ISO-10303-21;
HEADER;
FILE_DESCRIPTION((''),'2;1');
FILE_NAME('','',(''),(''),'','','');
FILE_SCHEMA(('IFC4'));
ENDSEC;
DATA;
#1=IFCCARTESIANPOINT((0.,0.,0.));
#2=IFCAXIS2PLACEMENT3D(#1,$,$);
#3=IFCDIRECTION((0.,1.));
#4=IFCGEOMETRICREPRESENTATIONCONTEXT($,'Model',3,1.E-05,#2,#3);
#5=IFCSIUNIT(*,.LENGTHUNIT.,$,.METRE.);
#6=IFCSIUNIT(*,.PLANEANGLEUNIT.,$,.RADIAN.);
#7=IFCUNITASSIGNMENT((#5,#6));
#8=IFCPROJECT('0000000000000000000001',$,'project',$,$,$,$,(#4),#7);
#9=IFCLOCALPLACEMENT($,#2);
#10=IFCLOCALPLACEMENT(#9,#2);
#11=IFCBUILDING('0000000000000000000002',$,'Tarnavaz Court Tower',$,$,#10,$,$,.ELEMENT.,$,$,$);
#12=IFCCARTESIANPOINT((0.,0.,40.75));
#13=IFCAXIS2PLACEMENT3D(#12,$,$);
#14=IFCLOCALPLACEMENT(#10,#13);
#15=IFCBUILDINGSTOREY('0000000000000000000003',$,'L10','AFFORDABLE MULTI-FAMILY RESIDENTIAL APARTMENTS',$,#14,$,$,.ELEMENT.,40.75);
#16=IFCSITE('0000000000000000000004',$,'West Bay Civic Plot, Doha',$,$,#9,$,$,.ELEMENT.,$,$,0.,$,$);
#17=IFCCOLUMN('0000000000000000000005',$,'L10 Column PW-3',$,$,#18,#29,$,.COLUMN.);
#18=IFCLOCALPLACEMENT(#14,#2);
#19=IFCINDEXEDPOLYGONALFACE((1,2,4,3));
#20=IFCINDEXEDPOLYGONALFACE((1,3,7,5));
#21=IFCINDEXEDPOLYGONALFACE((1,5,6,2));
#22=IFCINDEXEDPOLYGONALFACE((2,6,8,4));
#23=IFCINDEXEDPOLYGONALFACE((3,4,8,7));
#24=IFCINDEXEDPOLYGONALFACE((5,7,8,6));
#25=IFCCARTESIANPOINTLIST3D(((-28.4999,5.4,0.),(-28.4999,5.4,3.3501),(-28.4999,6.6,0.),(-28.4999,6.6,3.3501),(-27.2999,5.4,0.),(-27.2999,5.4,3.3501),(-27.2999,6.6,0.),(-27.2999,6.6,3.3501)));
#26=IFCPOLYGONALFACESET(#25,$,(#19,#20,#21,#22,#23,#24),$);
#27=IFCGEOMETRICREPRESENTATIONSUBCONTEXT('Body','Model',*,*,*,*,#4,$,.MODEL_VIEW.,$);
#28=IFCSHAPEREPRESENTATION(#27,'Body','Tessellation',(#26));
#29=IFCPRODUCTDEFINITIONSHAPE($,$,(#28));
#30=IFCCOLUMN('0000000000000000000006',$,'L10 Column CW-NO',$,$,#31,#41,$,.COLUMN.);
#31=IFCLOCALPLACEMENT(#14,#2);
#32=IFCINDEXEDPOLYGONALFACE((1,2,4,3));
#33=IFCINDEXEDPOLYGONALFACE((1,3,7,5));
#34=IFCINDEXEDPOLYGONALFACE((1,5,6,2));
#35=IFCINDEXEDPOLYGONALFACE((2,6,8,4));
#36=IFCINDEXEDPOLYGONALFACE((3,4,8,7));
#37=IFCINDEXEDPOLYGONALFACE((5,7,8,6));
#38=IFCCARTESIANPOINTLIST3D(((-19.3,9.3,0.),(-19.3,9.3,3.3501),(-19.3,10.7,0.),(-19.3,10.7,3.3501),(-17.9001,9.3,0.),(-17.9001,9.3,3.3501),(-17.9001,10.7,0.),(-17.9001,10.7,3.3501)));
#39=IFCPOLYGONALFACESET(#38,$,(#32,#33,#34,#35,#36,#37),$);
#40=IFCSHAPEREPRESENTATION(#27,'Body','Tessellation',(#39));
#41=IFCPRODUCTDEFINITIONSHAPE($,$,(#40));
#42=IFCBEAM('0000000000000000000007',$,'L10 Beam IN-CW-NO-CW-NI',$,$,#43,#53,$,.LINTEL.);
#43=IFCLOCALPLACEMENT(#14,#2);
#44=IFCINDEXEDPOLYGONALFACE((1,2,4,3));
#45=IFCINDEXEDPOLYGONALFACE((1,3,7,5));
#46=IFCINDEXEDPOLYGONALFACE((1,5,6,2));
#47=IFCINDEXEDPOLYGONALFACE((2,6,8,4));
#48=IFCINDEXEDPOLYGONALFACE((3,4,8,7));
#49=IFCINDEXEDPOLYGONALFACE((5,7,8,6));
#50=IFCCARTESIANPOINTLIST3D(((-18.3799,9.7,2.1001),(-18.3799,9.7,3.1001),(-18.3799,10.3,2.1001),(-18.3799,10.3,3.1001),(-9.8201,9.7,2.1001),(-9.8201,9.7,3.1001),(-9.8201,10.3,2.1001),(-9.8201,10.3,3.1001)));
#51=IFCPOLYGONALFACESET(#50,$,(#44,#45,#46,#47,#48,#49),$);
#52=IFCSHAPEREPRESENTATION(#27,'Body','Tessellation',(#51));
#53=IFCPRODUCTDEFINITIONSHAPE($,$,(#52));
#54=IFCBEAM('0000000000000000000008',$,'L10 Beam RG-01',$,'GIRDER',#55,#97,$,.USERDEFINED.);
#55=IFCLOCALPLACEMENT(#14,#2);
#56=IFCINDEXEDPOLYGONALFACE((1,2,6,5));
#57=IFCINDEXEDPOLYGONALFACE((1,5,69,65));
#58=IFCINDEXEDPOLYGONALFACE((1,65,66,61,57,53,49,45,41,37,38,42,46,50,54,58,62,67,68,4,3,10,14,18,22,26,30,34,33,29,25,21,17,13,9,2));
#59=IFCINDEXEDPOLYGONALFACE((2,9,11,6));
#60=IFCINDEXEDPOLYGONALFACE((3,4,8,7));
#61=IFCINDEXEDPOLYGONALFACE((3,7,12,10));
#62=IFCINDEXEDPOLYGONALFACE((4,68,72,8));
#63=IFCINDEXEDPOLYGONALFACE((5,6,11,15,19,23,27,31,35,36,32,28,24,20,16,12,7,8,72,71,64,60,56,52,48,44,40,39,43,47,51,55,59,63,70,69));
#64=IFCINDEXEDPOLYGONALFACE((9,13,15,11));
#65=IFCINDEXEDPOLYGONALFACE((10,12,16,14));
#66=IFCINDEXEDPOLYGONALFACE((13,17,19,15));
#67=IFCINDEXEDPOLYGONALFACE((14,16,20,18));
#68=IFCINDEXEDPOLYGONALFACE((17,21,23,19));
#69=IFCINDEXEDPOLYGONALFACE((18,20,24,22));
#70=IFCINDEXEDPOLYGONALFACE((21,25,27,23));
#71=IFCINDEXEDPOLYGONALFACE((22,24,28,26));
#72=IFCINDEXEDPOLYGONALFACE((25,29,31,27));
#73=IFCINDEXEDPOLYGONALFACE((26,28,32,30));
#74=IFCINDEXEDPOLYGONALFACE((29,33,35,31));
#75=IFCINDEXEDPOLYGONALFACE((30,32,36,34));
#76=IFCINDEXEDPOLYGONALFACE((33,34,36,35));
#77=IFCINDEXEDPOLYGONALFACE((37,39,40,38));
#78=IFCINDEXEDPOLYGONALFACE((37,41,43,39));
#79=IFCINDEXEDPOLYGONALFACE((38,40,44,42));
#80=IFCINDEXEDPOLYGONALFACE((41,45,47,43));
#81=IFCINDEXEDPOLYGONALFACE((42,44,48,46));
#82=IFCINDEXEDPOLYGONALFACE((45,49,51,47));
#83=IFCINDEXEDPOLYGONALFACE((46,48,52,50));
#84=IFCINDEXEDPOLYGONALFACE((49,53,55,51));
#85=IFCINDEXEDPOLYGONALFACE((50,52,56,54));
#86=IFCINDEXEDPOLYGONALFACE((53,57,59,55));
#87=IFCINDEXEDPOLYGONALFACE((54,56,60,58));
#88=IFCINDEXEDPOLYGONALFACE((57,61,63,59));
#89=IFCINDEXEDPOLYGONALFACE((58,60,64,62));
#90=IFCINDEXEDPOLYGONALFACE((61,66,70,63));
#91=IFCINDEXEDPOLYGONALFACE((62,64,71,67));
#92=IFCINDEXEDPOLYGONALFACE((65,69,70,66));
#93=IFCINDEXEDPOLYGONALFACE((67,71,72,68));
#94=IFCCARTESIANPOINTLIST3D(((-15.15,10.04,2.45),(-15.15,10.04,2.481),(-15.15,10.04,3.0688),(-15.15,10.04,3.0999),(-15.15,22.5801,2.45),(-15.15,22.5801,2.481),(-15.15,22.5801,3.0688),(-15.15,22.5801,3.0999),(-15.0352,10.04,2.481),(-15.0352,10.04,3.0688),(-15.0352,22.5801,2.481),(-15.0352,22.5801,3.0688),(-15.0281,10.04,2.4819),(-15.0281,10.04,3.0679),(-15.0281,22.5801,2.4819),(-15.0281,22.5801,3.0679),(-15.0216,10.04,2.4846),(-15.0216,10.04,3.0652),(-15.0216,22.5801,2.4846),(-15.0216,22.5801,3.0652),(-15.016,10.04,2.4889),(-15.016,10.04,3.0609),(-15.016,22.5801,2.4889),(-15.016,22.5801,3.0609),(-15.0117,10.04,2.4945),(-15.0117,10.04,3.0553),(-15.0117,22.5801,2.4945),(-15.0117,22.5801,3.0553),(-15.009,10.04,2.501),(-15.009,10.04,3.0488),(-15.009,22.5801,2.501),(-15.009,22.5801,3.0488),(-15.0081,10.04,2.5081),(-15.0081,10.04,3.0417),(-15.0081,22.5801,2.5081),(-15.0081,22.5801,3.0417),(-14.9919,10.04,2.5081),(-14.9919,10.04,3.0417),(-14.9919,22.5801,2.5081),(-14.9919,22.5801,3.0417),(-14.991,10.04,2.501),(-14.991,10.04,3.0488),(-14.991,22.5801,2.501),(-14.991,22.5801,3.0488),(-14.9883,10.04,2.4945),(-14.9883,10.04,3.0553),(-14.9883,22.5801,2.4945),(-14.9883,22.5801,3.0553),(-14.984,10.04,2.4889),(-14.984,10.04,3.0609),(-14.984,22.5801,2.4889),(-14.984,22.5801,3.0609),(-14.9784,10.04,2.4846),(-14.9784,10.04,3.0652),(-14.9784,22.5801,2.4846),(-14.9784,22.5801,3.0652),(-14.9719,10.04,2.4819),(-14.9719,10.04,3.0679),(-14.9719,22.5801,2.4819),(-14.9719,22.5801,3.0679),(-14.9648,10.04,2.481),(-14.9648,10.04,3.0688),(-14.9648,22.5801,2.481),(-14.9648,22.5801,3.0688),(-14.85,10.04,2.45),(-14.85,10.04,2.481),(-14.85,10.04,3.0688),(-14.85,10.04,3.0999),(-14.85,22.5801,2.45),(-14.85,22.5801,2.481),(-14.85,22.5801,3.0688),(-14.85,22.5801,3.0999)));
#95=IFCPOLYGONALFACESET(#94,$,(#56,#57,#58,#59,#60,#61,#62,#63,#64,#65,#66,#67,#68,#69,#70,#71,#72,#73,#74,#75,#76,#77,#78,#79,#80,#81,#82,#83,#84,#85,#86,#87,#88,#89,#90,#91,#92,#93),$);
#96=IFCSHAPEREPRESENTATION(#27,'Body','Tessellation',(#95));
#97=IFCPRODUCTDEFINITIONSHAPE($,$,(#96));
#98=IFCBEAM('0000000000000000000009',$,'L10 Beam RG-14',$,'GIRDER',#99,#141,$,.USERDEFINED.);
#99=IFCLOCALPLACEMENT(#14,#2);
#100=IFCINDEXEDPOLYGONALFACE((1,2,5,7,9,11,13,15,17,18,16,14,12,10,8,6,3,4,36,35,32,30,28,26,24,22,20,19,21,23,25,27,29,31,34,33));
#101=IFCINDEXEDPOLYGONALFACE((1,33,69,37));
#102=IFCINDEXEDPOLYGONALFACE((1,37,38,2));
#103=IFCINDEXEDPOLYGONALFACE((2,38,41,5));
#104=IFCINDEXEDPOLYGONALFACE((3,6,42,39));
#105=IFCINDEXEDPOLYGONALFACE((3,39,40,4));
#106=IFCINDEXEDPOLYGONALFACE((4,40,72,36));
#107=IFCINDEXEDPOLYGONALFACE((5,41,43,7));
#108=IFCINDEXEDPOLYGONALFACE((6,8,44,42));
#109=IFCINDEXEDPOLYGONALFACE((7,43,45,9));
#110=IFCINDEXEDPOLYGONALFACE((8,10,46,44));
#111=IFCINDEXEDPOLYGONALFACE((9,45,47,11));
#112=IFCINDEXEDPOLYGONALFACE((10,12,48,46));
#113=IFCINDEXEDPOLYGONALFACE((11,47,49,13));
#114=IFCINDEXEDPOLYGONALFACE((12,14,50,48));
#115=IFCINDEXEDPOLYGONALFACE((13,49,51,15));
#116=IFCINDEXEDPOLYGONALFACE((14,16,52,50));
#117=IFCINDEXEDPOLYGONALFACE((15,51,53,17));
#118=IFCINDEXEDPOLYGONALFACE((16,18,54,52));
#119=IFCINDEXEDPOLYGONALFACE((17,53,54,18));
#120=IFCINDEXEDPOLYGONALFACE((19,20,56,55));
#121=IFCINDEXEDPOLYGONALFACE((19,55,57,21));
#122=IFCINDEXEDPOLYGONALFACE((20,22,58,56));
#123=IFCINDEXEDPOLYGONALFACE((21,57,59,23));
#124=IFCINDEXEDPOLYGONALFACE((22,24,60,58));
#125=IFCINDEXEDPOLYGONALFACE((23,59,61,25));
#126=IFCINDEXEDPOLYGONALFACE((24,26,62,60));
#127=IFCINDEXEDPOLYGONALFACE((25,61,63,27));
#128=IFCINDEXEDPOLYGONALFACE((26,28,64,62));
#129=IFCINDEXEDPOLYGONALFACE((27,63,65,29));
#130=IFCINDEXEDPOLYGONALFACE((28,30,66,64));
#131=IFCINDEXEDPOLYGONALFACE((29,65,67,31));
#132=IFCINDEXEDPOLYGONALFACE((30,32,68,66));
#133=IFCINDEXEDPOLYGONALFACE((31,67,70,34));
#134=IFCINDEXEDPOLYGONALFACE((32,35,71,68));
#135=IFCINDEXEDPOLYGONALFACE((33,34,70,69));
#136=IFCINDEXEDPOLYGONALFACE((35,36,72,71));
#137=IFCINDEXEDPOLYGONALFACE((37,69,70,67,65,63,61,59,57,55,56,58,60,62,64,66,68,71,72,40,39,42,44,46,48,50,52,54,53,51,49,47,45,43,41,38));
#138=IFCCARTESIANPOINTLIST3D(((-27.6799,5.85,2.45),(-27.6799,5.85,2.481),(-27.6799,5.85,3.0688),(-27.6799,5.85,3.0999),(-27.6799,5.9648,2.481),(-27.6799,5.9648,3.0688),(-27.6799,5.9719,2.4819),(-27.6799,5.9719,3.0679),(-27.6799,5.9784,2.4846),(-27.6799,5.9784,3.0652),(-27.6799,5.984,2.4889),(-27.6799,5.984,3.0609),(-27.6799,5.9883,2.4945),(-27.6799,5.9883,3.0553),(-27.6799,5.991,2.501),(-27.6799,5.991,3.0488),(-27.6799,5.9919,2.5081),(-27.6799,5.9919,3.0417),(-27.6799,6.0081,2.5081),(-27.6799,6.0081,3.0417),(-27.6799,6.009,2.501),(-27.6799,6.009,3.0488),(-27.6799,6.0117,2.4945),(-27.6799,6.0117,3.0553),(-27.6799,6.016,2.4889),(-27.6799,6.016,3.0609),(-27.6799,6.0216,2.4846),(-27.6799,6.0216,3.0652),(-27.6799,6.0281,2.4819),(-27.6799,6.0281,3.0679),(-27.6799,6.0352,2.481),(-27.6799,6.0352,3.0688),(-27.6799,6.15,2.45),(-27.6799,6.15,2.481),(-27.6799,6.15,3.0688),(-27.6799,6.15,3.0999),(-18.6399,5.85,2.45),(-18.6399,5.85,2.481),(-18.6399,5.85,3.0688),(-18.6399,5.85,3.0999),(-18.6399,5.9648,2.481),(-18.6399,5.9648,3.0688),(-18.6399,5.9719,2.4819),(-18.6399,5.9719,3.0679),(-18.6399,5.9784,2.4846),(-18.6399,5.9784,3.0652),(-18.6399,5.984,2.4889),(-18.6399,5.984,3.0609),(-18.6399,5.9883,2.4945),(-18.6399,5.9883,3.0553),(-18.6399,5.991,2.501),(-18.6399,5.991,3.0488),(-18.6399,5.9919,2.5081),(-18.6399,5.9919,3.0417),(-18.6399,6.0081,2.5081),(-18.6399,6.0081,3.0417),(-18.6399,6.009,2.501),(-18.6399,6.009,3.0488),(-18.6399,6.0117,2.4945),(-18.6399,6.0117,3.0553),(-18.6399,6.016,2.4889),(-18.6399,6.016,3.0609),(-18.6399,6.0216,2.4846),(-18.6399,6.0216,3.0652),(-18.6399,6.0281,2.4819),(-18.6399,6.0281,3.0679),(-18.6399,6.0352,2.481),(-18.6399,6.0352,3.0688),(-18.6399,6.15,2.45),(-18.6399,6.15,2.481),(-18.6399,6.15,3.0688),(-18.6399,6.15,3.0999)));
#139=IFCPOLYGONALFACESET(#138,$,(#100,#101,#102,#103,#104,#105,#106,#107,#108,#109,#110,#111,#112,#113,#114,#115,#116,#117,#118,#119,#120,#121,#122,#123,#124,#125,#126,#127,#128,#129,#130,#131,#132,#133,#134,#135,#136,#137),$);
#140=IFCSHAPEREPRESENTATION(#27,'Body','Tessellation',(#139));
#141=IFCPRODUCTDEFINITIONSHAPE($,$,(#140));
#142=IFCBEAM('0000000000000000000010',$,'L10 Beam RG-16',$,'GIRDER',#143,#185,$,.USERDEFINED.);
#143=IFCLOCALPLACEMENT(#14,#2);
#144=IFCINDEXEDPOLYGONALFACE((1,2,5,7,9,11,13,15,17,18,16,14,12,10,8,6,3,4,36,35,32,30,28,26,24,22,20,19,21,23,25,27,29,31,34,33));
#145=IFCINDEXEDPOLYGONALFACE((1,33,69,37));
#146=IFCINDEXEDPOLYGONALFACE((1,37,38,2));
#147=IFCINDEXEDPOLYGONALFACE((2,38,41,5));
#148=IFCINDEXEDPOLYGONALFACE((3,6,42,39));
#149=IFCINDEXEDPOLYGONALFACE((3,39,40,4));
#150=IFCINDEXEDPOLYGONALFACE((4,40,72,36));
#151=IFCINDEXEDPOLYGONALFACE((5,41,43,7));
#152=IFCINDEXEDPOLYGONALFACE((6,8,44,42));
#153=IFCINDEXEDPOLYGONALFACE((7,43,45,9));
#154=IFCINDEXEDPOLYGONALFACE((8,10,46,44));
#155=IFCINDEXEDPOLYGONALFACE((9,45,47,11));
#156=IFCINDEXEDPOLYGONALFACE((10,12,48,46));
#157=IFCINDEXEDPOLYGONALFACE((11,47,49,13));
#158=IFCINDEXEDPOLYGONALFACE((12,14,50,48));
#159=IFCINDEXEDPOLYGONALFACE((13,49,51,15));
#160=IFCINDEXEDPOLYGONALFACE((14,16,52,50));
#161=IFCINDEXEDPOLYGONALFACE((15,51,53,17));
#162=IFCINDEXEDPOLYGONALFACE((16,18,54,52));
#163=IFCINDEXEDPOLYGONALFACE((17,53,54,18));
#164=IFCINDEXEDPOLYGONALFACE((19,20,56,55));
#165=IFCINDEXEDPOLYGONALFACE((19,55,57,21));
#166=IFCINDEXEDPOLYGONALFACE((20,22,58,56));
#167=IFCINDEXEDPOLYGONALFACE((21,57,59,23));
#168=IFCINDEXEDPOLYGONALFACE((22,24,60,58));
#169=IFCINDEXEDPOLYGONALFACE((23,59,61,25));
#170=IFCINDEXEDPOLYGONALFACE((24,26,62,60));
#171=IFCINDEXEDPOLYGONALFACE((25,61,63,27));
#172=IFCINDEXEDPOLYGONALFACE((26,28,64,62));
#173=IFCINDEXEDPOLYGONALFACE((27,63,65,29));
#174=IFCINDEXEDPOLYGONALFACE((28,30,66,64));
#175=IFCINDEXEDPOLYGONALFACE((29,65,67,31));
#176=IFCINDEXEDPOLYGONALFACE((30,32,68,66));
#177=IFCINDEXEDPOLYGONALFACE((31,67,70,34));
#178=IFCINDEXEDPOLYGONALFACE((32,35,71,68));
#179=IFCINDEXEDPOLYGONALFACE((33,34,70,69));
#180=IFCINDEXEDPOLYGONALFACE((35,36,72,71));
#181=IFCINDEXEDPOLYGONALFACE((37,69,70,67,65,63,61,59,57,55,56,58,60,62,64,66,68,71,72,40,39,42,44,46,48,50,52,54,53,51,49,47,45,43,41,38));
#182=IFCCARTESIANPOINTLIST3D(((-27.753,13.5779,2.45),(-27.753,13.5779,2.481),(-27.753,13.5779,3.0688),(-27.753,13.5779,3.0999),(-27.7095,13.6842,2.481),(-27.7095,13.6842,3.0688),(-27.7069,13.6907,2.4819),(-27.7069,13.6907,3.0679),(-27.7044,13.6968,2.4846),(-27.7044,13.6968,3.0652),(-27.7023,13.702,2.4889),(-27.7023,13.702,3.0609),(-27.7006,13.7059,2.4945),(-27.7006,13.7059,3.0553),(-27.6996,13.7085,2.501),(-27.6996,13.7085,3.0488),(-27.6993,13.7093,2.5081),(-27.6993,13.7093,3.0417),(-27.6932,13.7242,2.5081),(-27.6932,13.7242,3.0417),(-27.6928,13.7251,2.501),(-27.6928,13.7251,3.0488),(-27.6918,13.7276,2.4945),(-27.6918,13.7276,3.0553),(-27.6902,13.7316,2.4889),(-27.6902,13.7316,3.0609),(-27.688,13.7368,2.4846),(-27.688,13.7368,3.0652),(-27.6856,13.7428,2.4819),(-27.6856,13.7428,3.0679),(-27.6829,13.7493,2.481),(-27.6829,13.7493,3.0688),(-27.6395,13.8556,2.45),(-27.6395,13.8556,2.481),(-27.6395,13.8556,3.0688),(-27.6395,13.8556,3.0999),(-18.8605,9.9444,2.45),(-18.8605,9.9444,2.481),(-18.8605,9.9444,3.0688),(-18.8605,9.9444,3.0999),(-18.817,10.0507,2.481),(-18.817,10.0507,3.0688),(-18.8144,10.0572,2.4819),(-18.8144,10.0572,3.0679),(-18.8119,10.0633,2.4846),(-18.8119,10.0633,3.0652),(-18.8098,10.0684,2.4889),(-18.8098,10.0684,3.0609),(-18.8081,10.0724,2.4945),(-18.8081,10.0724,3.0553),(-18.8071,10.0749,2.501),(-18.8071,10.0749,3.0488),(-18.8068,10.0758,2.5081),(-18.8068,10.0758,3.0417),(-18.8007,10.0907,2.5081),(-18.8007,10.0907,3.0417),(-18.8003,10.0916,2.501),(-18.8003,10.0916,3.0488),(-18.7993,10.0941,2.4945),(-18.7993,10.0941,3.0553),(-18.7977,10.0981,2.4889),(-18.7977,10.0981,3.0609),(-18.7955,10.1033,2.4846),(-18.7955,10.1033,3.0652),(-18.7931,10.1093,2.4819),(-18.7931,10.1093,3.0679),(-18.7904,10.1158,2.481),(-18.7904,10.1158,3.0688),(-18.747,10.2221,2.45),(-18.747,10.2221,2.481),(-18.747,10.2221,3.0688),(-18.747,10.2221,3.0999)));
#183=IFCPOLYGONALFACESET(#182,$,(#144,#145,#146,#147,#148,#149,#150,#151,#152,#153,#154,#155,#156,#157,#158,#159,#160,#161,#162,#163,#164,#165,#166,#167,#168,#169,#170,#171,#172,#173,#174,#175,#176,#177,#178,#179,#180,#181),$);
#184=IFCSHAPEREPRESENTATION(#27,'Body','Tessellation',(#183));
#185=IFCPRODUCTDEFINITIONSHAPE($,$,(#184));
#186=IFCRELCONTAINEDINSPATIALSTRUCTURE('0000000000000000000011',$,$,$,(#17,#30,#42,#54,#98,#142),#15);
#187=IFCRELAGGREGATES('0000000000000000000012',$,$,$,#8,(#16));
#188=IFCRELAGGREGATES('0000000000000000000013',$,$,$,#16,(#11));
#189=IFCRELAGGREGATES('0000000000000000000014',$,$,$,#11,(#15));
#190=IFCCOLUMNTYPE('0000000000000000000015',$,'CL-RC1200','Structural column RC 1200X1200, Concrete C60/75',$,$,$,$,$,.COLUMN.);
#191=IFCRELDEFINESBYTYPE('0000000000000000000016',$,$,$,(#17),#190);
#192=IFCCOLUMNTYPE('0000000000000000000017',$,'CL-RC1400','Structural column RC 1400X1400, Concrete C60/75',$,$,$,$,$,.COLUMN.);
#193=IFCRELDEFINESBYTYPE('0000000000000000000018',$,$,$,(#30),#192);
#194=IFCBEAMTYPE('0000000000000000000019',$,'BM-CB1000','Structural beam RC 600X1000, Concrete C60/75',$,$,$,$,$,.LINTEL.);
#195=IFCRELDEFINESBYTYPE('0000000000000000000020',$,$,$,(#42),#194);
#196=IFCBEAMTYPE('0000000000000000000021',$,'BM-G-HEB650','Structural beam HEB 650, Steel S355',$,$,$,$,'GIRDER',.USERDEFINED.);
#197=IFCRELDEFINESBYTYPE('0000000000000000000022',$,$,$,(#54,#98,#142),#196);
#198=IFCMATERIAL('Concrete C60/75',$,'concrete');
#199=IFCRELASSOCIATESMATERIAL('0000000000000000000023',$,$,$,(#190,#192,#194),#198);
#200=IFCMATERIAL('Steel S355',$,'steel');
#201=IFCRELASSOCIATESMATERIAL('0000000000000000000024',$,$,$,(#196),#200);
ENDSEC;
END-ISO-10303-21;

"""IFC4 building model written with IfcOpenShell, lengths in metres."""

from ifc_helpers import new_model, si_unit, direction, frame, origin, origin_2d, place, context, subcontext, project, spatial, rectangle, i_section, extrude, material, material_profile, profile_set, type_object, element, save


model = new_model("IFC4")

# Units and contexts
model_context = context("Model", 3, precision=1e-05, world=origin(), true_north=direction((0.0, 1.0)))
body_context = subcontext(model_context, "Body", "Model", "MODEL_VIEW")
ifc_project = project(units=[si_unit("LENGTHUNIT", "METRE"), si_unit("PLANEANGLEUNIT", "RADIAN")], contexts=[model_context])

# Site, building, storey
site_placement = place(None, origin())
site = spatial("IfcSite", under=ifc_project, at=site_placement, Name="West Bay Civic Plot, Doha", CompositionType="ELEMENT", RefElevation=0.0)
building_placement = place(site_placement, origin())
building = spatial("IfcBuilding", under=site, at=building_placement, Name="Tarnavaz Court Tower", CompositionType="ELEMENT")
storey_placement = place(building_placement, frame((0.0, 0.0, 40.75)))
storey = spatial("IfcBuildingStorey", under=building, at=storey_placement, Name="L10", Description="AFFORDABLE MULTI-FAMILY RESIDENTIAL APARTMENTS", CompositionType="ELEMENT", Elevation=40.75)

# Columns
ifc_material_1 = material(Name="Concrete C60/75", Category="concrete")
ifc_material_profile_1 = material_profile(ifc_material_1, rectangle(XDim=1.2, YDim=1.2, at=origin_2d()), Name="RC 1200X1200")
ifc_profile_set_1 = profile_set([ifc_material_profile_1], Name="Concrete C60/75")
column_type_1 = type_object("IfcColumnType", Name="CL-RC1200", Description="Structural column RC 1200X1200, Concrete C60/75", PredefinedType="COLUMN", material=ifc_profile_set_1)
column_1_placement = place(storey_placement, frame((-27.8999, 6.0, 0.0), z_axis=(0.0, 0.0, 1.0), x_axis=(1.0, 0.0, 0.0)))
element("IfcColumn", 1, at=column_1_placement, inside=storey, type_object=column_type_1, Name="L10 Column PW-3", PredefinedType="COLUMN", context=body_context, shape_type="SweptSolid", body=[
    extrude(rectangle(XDim=1.2, YDim=1.2, at=origin_2d()), origin(), (0.0, 0.0, 1.0), 3.3501),
])
ifc_material_profile_2 = material_profile(ifc_material_1, rectangle(XDim=1.3999, YDim=1.3999, at=origin_2d()), Name="RC 1400X1400")
ifc_profile_set_2 = profile_set([ifc_material_profile_2], Name="Concrete C60/75")
column_type_2 = type_object("IfcColumnType", Name="CL-RC1400", Description="Structural column RC 1400X1400, Concrete C60/75", PredefinedType="COLUMN", material=ifc_profile_set_2)
column_2_placement = place(storey_placement, frame((-18.6001, 10.0, 0.0), z_axis=(0.0, 0.0, 1.0), x_axis=(1.0, 0.0, 0.0)))
element("IfcColumn", 2, at=column_2_placement, inside=storey, type_object=column_type_2, Name="L10 Column CW-NO", PredefinedType="COLUMN", context=body_context, shape_type="SweptSolid", body=[
    extrude(rectangle(XDim=1.3999, YDim=1.3999, at=origin_2d()), origin(), (0.0, 0.0, 1.0), 3.3501),
])

# Beams
ifc_material_profile_3 = material_profile(ifc_material_1, rectangle(XDim=0.6001, YDim=1.0, at=origin_2d()), Name="RC 600X1000")
ifc_profile_set_3 = profile_set([ifc_material_profile_3], Name="Concrete C60/75")
beam_type_1 = type_object("IfcBeamType", Name="BM-CB1000", Description="Structural beam RC 600X1000, Concrete C60/75", PredefinedType="LINTEL", material=ifc_profile_set_3)
beam_1_placement = place(storey_placement, frame((-18.3799, 10.0, 2.6001), z_axis=(1.0, 0.0, 0.0), x_axis=(0.0, 1.0, 0.0)))
element("IfcBeam", 3, at=beam_1_placement, inside=storey, type_object=beam_type_1, Name="L10 Beam IN-CW-NO-CW-NI", PredefinedType="LINTEL", context=body_context, shape_type="SweptSolid", body=[
    extrude(rectangle(XDim=0.6001, YDim=1.0, at=origin_2d()), origin(), (0.0, 0.0, 1.0), 8.5598),
])
ifc_material_2 = material(Name="Steel S355", Category="steel")
ifc_material_profile_4 = material_profile(ifc_material_2, i_section(OverallWidth=0.3, OverallDepth=0.6499, WebThickness=0.0161, FlangeThickness=0.031, FilletRadius=0.0271, at=origin_2d()), Name="HEB 650")
ifc_profile_set_4 = profile_set([ifc_material_profile_4], Name="Steel S355")
beam_type_2 = type_object("IfcBeamType", Name="BM-G-HEB650", Description="Structural beam HEB 650, Steel S355", ElementType="GIRDER", PredefinedType="USERDEFINED", material=ifc_profile_set_4)
beam_2_placement = place(storey_placement, frame((-15.0, 10.04, 2.7749), z_axis=(0.0, 1.0, 0.0), x_axis=(-1.0, 0.0, 0.0)))
element("IfcBeam", 4, at=beam_2_placement, inside=storey, type_object=beam_type_2, Name="L10 Beam RG-01", ObjectType="GIRDER", PredefinedType="USERDEFINED", context=body_context, shape_type="SweptSolid", body=[
    extrude(i_section(OverallWidth=0.3, OverallDepth=0.6499, WebThickness=0.0161, FlangeThickness=0.031, FilletRadius=0.0271, at=origin_2d()), origin(), (0.0, 0.0, 1.0), 12.54),
])
beam_3_placement = place(storey_placement, frame((-18.6399, 6.0, 2.7749), z_axis=(-1.0, 0.0, 0.0), x_axis=(0.0, -1.0, 0.0)))
element("IfcBeam", 5, at=beam_3_placement, inside=storey, type_object=beam_type_2, Name="L10 Beam RG-14", ObjectType="GIRDER", PredefinedType="USERDEFINED", context=body_context, shape_type="SweptSolid", body=[
    extrude(i_section(OverallWidth=0.3, OverallDepth=0.6499, WebThickness=0.0161, FlangeThickness=0.031, FilletRadius=0.0271, at=origin_2d()), origin(), (0.0, 0.0, 1.0), 9.04),
])
beam_4_placement = place(storey_placement, frame((-18.8037, 10.0833, 2.7749), z_axis=(-0.925705, 0.378247, 0.0), x_axis=(-0.378247, -0.925705, 0.0)))
element("IfcBeam", 6, at=beam_4_placement, inside=storey, type_object=beam_type_2, Name="L10 Beam RG-16", ObjectType="GIRDER", PredefinedType="USERDEFINED", context=body_context, shape_type="SweptSolid", body=[
    extrude(i_section(OverallWidth=0.3, OverallDepth=0.6499, WebThickness=0.0161, FlangeThickness=0.031, FilletRadius=0.0271, at=origin_2d()), origin(), (0.0, 0.0, 1.0), 9.6062),
])

save(model, "model.ifc")
